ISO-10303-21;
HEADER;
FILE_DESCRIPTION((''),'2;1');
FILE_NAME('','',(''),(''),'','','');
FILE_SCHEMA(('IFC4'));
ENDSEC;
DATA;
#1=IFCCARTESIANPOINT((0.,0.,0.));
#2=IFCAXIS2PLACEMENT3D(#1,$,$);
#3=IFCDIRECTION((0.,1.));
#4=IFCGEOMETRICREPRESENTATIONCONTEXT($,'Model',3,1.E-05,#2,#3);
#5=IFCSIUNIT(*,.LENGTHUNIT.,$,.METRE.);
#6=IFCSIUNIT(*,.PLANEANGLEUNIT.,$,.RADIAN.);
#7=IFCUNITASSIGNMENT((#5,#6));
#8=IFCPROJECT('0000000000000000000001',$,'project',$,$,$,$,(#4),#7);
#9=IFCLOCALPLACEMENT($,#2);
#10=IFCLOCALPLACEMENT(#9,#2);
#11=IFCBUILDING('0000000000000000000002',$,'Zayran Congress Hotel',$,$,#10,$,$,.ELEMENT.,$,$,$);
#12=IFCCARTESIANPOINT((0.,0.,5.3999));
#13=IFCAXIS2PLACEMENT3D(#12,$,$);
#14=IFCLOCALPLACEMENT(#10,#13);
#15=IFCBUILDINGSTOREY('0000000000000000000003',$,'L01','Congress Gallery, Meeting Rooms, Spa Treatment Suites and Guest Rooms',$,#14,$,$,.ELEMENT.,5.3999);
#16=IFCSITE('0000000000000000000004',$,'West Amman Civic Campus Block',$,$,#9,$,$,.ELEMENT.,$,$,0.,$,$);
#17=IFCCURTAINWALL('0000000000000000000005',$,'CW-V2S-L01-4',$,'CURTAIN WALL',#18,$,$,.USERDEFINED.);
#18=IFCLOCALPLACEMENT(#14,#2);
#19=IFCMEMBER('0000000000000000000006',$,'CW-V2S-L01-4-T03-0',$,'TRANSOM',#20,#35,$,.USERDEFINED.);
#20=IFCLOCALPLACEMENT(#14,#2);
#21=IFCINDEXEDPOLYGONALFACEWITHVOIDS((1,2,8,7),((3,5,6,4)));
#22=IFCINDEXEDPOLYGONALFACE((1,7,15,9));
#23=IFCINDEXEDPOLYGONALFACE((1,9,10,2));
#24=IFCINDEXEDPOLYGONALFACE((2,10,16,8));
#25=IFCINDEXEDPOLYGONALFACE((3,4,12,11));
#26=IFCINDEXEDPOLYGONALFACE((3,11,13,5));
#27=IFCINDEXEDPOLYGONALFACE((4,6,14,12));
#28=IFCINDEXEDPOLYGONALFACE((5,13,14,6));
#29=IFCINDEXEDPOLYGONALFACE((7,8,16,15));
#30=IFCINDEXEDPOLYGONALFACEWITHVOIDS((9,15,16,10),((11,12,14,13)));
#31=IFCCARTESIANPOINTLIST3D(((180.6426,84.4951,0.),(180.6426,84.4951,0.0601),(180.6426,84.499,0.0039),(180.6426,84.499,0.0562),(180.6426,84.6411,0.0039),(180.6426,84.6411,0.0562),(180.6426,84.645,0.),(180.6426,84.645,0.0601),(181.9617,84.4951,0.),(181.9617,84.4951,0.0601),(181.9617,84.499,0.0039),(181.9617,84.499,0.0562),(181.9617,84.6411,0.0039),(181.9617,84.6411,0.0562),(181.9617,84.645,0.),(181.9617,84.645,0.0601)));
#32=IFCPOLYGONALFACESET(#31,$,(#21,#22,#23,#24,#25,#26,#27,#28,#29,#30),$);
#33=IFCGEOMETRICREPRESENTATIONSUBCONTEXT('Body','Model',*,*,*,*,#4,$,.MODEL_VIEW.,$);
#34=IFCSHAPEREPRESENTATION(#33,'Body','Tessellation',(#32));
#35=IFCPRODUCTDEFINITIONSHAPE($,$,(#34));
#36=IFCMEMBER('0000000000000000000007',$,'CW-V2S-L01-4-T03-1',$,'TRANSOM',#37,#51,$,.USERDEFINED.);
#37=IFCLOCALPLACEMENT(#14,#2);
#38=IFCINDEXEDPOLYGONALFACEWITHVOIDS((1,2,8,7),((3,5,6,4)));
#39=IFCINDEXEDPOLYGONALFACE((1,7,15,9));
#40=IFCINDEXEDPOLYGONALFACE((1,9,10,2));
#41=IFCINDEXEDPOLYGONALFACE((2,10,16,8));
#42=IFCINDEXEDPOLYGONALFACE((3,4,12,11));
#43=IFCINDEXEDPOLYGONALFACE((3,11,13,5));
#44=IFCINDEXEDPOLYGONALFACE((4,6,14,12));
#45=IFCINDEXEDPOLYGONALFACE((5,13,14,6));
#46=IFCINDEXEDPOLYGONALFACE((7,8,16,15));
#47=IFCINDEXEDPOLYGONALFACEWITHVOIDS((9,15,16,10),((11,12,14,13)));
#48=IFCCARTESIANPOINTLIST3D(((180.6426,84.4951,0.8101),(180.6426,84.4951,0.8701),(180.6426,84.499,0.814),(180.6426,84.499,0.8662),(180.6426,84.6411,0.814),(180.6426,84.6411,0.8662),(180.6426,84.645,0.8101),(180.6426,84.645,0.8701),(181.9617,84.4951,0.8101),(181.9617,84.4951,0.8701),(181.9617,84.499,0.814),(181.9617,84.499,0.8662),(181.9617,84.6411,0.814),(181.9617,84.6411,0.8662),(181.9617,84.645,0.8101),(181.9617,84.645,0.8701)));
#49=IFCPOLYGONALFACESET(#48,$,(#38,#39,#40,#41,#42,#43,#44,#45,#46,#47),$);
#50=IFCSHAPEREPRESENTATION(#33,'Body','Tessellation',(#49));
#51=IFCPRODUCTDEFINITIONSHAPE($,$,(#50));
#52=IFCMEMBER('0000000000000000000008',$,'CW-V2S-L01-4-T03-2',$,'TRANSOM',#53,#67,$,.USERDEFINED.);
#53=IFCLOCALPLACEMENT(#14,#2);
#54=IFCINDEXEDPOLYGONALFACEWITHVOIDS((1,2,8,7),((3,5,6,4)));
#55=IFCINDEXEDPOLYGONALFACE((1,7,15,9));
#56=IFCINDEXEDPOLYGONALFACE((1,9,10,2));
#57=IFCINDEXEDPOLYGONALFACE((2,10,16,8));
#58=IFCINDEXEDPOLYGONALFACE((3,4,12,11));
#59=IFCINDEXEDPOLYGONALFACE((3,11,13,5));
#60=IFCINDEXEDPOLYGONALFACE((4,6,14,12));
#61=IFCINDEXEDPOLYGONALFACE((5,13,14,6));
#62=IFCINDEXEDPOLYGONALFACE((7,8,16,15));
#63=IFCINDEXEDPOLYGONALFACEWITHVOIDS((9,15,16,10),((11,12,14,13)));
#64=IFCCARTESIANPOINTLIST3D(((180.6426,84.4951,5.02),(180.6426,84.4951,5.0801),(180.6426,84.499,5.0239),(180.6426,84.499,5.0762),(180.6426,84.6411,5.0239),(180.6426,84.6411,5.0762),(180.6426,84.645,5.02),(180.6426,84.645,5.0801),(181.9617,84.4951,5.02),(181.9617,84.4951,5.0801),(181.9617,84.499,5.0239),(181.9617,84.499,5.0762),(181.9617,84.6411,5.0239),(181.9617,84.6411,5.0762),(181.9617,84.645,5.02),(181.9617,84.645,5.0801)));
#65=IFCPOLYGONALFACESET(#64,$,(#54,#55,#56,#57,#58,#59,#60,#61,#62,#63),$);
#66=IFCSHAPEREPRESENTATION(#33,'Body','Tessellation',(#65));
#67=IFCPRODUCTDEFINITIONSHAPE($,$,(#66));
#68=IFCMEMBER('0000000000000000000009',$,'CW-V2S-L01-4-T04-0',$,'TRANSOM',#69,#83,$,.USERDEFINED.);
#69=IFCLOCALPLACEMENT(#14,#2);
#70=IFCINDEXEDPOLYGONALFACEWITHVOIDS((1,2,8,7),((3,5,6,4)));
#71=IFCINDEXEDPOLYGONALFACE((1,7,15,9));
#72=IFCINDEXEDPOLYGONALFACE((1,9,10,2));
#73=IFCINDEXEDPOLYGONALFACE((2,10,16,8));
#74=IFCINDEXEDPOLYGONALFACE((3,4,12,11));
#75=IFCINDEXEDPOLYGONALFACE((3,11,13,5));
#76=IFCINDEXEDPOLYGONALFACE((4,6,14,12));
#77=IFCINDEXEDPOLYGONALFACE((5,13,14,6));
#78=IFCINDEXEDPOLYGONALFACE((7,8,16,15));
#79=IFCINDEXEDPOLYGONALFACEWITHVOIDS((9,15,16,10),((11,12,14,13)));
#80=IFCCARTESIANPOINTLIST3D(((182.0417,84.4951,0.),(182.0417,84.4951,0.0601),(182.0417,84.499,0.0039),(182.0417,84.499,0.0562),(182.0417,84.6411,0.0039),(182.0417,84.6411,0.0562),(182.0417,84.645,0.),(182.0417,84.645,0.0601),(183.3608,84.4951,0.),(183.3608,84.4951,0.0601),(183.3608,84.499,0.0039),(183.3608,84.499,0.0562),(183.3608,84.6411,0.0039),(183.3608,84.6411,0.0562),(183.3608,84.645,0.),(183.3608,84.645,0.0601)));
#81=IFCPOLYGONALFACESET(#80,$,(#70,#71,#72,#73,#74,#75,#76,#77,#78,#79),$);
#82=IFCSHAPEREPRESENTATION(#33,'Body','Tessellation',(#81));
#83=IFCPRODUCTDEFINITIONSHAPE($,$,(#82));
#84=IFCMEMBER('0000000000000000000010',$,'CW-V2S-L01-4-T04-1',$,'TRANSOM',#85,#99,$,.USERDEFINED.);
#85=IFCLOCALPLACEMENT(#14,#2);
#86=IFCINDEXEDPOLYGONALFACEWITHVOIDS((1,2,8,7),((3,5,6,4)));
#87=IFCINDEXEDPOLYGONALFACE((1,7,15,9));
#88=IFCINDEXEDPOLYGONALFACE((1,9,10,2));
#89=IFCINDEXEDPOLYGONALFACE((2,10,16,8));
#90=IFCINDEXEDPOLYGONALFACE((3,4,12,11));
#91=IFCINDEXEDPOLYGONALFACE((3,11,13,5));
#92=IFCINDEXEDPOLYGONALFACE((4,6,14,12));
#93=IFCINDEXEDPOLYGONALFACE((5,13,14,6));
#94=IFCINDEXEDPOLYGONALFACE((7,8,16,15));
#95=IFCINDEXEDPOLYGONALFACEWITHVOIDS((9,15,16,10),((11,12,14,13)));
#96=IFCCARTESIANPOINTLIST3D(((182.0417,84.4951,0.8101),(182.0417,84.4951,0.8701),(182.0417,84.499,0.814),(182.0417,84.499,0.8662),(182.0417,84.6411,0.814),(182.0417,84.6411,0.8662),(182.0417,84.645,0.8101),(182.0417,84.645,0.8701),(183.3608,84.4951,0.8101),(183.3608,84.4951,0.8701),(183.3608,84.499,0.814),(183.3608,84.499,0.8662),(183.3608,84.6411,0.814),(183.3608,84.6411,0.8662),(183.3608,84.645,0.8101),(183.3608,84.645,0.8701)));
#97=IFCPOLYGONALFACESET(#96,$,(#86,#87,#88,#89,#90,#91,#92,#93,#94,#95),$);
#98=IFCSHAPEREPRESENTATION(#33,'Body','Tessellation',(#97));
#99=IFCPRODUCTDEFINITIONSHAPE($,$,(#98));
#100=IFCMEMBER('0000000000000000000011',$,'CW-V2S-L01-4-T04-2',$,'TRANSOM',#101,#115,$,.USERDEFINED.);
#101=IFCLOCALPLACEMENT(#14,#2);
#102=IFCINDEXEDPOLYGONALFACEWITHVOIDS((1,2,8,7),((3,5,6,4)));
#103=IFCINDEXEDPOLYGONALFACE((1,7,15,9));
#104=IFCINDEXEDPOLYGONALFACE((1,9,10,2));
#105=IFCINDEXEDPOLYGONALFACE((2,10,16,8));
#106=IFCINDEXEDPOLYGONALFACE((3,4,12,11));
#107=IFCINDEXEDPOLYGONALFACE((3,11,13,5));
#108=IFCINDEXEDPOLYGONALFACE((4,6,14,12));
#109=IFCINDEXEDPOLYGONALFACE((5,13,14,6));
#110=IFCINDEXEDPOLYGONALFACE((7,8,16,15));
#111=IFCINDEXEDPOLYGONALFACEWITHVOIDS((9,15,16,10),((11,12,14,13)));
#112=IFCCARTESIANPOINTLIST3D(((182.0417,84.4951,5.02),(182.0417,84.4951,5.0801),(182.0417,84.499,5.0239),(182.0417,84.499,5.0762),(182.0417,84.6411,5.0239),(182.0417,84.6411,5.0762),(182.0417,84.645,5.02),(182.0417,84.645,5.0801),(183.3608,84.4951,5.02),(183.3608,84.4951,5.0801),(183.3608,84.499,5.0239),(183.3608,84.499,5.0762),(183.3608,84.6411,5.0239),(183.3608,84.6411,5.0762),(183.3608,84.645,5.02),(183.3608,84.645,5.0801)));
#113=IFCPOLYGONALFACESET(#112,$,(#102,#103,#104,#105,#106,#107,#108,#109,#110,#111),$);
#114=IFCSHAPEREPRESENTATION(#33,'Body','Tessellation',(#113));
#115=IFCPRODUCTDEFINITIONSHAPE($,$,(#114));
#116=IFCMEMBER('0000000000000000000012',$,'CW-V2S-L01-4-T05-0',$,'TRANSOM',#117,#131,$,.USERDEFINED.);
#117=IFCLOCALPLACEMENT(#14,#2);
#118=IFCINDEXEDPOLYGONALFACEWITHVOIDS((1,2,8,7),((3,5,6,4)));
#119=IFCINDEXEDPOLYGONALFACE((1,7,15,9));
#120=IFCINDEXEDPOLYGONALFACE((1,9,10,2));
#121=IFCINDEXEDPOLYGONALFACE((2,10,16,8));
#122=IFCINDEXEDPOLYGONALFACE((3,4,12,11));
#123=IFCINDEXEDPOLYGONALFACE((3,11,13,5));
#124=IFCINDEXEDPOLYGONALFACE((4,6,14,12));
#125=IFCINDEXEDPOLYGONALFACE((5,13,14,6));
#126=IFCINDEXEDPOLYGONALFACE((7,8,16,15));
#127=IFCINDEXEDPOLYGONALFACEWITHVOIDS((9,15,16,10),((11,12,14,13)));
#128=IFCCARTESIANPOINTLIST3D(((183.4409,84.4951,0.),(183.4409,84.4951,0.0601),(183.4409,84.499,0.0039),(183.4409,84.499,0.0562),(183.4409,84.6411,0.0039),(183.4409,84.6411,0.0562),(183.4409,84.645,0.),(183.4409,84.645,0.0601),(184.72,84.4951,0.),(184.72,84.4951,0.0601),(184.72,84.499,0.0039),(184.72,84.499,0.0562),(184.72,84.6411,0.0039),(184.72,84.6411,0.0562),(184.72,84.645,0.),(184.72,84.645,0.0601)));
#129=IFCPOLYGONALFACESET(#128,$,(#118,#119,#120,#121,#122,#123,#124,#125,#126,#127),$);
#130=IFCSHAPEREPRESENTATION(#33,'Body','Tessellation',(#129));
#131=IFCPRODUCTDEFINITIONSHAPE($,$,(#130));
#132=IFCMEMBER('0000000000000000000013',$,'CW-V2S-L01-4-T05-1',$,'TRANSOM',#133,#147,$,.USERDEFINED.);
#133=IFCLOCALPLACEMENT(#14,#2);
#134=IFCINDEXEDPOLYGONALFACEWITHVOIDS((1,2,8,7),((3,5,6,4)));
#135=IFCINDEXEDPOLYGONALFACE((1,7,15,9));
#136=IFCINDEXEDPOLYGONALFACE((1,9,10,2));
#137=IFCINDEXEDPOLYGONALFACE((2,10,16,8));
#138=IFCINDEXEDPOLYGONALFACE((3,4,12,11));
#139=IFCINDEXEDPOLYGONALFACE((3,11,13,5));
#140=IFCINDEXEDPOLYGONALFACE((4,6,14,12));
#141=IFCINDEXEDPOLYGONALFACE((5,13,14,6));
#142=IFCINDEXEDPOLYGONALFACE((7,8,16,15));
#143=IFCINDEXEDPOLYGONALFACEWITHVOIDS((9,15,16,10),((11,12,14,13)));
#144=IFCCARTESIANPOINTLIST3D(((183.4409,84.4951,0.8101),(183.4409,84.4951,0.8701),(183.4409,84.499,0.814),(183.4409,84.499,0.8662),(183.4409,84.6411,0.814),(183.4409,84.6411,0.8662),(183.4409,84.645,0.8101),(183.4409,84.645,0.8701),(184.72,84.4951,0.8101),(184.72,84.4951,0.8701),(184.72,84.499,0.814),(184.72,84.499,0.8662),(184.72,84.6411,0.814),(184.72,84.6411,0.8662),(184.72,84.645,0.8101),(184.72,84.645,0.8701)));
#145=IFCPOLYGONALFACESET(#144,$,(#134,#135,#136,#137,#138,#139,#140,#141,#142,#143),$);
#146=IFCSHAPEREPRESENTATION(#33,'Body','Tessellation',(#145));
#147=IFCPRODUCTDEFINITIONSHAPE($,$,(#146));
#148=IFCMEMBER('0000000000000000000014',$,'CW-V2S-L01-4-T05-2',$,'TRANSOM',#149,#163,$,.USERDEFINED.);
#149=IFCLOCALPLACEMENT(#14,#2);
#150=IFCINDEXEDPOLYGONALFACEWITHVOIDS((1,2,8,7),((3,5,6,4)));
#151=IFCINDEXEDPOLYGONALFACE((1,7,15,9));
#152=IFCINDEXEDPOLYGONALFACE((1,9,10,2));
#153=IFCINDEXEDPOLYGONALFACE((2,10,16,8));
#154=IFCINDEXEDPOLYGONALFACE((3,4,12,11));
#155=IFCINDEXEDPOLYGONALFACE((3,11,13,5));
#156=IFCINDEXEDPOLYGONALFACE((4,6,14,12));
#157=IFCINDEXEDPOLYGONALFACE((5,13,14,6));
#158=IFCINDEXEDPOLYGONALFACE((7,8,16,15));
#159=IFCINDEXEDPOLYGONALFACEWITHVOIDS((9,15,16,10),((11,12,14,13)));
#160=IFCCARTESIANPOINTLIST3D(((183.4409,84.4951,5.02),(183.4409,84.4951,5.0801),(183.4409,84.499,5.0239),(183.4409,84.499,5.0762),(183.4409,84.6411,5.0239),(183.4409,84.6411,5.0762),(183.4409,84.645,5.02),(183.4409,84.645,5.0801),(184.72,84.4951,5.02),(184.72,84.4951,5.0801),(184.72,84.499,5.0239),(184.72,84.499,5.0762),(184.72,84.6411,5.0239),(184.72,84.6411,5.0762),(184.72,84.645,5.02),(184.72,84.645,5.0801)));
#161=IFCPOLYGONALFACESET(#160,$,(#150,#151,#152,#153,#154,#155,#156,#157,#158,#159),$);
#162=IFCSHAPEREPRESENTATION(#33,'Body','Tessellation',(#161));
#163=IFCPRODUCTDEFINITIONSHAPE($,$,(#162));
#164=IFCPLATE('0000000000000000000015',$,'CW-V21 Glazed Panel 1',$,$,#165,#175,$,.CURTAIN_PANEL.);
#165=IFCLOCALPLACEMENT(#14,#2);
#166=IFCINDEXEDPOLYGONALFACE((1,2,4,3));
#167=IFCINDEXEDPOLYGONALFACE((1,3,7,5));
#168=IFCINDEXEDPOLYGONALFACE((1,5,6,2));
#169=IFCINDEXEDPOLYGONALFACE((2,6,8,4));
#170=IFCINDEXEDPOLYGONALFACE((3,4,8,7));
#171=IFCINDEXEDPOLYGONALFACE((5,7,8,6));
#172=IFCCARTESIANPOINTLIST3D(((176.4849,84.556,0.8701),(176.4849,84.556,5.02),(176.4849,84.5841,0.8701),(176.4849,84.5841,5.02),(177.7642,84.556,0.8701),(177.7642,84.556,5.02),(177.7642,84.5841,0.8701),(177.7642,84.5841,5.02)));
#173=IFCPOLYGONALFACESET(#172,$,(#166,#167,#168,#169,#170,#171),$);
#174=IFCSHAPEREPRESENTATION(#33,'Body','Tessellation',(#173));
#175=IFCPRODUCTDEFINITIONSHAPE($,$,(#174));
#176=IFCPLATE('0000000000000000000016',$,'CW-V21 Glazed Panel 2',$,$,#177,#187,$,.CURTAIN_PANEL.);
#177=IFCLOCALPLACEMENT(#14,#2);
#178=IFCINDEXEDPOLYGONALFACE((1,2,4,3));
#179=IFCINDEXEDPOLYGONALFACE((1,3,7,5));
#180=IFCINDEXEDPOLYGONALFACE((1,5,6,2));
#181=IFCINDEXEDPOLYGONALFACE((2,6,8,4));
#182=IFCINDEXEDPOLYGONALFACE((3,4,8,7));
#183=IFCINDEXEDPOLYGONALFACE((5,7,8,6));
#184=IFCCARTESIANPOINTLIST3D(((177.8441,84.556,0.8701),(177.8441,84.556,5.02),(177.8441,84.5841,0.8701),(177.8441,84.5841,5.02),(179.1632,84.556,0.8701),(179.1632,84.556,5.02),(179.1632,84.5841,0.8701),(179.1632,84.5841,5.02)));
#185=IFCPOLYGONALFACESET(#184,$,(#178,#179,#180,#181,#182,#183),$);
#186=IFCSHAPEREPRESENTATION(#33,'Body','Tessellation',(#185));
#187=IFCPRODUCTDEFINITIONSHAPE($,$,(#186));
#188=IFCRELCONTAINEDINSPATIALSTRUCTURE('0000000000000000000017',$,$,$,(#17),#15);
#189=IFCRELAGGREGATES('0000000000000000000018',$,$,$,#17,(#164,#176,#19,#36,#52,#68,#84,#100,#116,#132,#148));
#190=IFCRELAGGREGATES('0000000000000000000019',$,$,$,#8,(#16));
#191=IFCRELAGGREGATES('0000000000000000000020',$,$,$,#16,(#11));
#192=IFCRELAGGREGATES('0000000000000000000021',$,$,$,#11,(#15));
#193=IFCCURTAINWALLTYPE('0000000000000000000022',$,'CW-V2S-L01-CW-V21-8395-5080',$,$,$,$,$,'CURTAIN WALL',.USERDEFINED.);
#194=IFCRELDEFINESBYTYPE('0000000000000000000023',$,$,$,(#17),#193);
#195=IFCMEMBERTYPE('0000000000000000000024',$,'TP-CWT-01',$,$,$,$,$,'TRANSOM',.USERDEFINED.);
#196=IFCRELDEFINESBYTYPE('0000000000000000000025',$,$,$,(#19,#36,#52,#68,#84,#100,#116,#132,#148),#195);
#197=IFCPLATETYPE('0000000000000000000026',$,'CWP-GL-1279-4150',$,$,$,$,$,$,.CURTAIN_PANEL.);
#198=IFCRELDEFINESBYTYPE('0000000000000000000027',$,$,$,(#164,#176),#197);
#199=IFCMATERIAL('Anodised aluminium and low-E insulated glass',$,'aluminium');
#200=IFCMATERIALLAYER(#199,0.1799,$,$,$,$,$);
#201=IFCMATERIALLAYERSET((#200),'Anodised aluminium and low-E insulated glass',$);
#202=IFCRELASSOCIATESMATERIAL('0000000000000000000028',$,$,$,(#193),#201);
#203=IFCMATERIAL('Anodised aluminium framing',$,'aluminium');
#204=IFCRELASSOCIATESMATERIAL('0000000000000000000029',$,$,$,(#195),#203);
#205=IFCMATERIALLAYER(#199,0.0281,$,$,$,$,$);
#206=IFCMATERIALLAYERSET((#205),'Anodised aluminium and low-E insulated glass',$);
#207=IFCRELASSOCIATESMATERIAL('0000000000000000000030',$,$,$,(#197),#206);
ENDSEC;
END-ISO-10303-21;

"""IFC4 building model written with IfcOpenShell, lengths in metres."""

from ifc_helpers import new_model, si_unit, direction, frame, origin, origin_2d, place, context, subcontext, project, spatial, rectangle, hollow_rectangle, extrude, material, layer, layer_set, material_profile, profile_set, type_object, element, aggregate, save


model = new_model("IFC4")

# Units and contexts
model_context = context("Model", 3, precision=1e-05, world=origin(), true_north=direction((0.0, 1.0)))
body_context = subcontext(model_context, "Body", "Model", "MODEL_VIEW")
ifc_project = project(units=[si_unit("LENGTHUNIT", "METRE"), si_unit("PLANEANGLEUNIT", "RADIAN")], contexts=[model_context])

# Site, building, storey
site_placement = place(None, origin())
site = spatial("IfcSite", under=ifc_project, at=site_placement, Name="West Amman Civic Campus Block", CompositionType="ELEMENT", RefElevation=0.0)
building_placement = place(site_placement, origin())
building = spatial("IfcBuilding", under=site, at=building_placement, Name="Zayran Congress Hotel", CompositionType="ELEMENT")
storey_placement = place(building_placement, frame((0.0, 0.0, 5.3999)))
storey = spatial("IfcBuildingStorey", under=building, at=storey_placement, Name="L01", Description="Congress Gallery, Meeting Rooms, Spa Treatment Suites and Guest Rooms", CompositionType="ELEMENT", Elevation=5.3999)

# Curtain wall, members, plates
ifc_material_1 = material(Name="Anodised aluminium and low-E insulated glass", Category="aluminium")
ifc_layer_1 = layer(ifc_material_1, 0.1799)
ifc_layer_set_1 = layer_set([ifc_layer_1], Name="Anodised aluminium and low-E insulated glass")
curtain_wall_type = type_object("IfcCurtainWallType", Name="CW-V2S-L01-CW-V21-8395-5080", ElementType="CURTAIN WALL", PredefinedType="USERDEFINED", material=ifc_layer_set_1)
curtain_wall_placement = place(storey_placement, origin())
curtain_wall = element("IfcCurtainWall", 1, at=curtain_wall_placement, inside=storey, type_object=curtain_wall_type, Name="CW-V2S-L01-4", ObjectType="CURTAIN WALL", PredefinedType="USERDEFINED")
ifc_material_2 = material(Name="Anodised aluminium framing", Category="aluminium")
ifc_material_profile_1 = material_profile(ifc_material_2, hollow_rectangle(XDim=0.0601, YDim=0.1499, WallThickness=0.0039, at=origin_2d()), Name="RHS 150x60x4")
ifc_profile_set_1 = profile_set([ifc_material_profile_1], Name="Anodised aluminium framing")
member_type_1 = type_object("IfcMemberType", Name="TP-CWT-01", ElementType="TRANSOM", PredefinedType="USERDEFINED", material=ifc_profile_set_1)
member_1_placement = place(storey_placement, frame((180.6426, 84.5701, 0.03), z_axis=(1.0, 0.0, 0.0), x_axis=(0.0, 0.0, 1.0)))
member_1 = element("IfcMember", 2, at=member_1_placement, type_object=member_type_1, Name="CW-V2S-L01-4-T03-0", ObjectType="TRANSOM", PredefinedType="USERDEFINED", context=body_context, shape_type="SweptSolid", body=[
    extrude(hollow_rectangle(XDim=0.0601, YDim=0.1499, WallThickness=0.0039, at=origin_2d()), origin(), (0.0, 0.0, 1.0), 1.3191),
])
member_2_placement = place(storey_placement, frame((180.6426, 84.5701, 0.8401), z_axis=(1.0, 0.0, 0.0), x_axis=(0.0, 0.0, 1.0)))
member_2 = element("IfcMember", 3, at=member_2_placement, type_object=member_type_1, Name="CW-V2S-L01-4-T03-1", ObjectType="TRANSOM", PredefinedType="USERDEFINED", context=body_context, shape_type="SweptSolid", body=[
    extrude(hollow_rectangle(XDim=0.0601, YDim=0.1499, WallThickness=0.0039, at=origin_2d()), origin(), (0.0, 0.0, 1.0), 1.3191),
])
member_3_placement = place(storey_placement, frame((180.6426, 84.5701, 5.05), z_axis=(1.0, 0.0, 0.0), x_axis=(0.0, 0.0, 1.0)))
member_3 = element("IfcMember", 4, at=member_3_placement, type_object=member_type_1, Name="CW-V2S-L01-4-T03-2", ObjectType="TRANSOM", PredefinedType="USERDEFINED", context=body_context, shape_type="SweptSolid", body=[
    extrude(hollow_rectangle(XDim=0.0601, YDim=0.1499, WallThickness=0.0039, at=origin_2d()), origin(), (0.0, 0.0, 1.0), 1.3191),
])
member_4_placement = place(storey_placement, frame((182.0417, 84.5701, 0.03), z_axis=(1.0, 0.0, 0.0), x_axis=(0.0, 0.0, 1.0)))
member_4 = element("IfcMember", 5, at=member_4_placement, type_object=member_type_1, Name="CW-V2S-L01-4-T04-0", ObjectType="TRANSOM", PredefinedType="USERDEFINED", context=body_context, shape_type="SweptSolid", body=[
    extrude(hollow_rectangle(XDim=0.0601, YDim=0.1499, WallThickness=0.0039, at=origin_2d()), origin(), (0.0, 0.0, 1.0), 1.3191),
])
member_5_placement = place(storey_placement, frame((182.0417, 84.5701, 0.8401), z_axis=(1.0, 0.0, 0.0), x_axis=(0.0, 0.0, 1.0)))
member_5 = element("IfcMember", 6, at=member_5_placement, type_object=member_type_1, Name="CW-V2S-L01-4-T04-1", ObjectType="TRANSOM", PredefinedType="USERDEFINED", context=body_context, shape_type="SweptSolid", body=[
    extrude(hollow_rectangle(XDim=0.0601, YDim=0.1499, WallThickness=0.0039, at=origin_2d()), origin(), (0.0, 0.0, 1.0), 1.3191),
])
member_6_placement = place(storey_placement, frame((182.0417, 84.5701, 5.05), z_axis=(1.0, 0.0, 0.0), x_axis=(0.0, 0.0, 1.0)))
member_6 = element("IfcMember", 7, at=member_6_placement, type_object=member_type_1, Name="CW-V2S-L01-4-T04-2", ObjectType="TRANSOM", PredefinedType="USERDEFINED", context=body_context, shape_type="SweptSolid", body=[
    extrude(hollow_rectangle(XDim=0.0601, YDim=0.1499, WallThickness=0.0039, at=origin_2d()), origin(), (0.0, 0.0, 1.0), 1.3191),
])
member_7_placement = place(storey_placement, frame((183.4409, 84.5701, 0.03), z_axis=(1.0, 0.0, 0.0), x_axis=(0.0, 0.0, 1.0)))
member_7 = element("IfcMember", 8, at=member_7_placement, type_object=member_type_1, Name="CW-V2S-L01-4-T05-0", ObjectType="TRANSOM", PredefinedType="USERDEFINED", context=body_context, shape_type="SweptSolid", body=[
    extrude(hollow_rectangle(XDim=0.0601, YDim=0.1499, WallThickness=0.0039, at=origin_2d()), origin(), (0.0, 0.0, 1.0), 1.2791),
])
member_8_placement = place(storey_placement, frame((183.4409, 84.5701, 0.8401), z_axis=(1.0, 0.0, 0.0), x_axis=(0.0, 0.0, 1.0)))
member_8 = element("IfcMember", 9, at=member_8_placement, type_object=member_type_1, Name="CW-V2S-L01-4-T05-1", ObjectType="TRANSOM", PredefinedType="USERDEFINED", context=body_context, shape_type="SweptSolid", body=[
    extrude(hollow_rectangle(XDim=0.0601, YDim=0.1499, WallThickness=0.0039, at=origin_2d()), origin(), (0.0, 0.0, 1.0), 1.2791),
])
member_9_placement = place(storey_placement, frame((183.4409, 84.5701, 5.05), z_axis=(1.0, 0.0, 0.0), x_axis=(0.0, 0.0, 1.0)))
member_9 = element("IfcMember", 10, at=member_9_placement, type_object=member_type_1, Name="CW-V2S-L01-4-T05-2", ObjectType="TRANSOM", PredefinedType="USERDEFINED", context=body_context, shape_type="SweptSolid", body=[
    extrude(hollow_rectangle(XDim=0.0601, YDim=0.1499, WallThickness=0.0039, at=origin_2d()), origin(), (0.0, 0.0, 1.0), 1.2791),
])
ifc_layer_2 = layer(ifc_material_1, 0.0281)
ifc_layer_set_2 = layer_set([ifc_layer_2], Name="Anodised aluminium and low-E insulated glass")
plate_type_1 = type_object("IfcPlateType", Name="CWP-GL-1279-4150", PredefinedType="CURTAIN_PANEL", material=ifc_layer_set_2)
plate_1_placement = place(storey_placement, frame((177.1245, 84.5701, 0.8701), z_axis=(0.0, 0.0, 1.0), x_axis=(1.0, 0.0, 0.0)))
plate_1 = element("IfcPlate", 11, at=plate_1_placement, type_object=plate_type_1, Name="CW-V21 Glazed Panel 1", PredefinedType="CURTAIN_PANEL", context=body_context, shape_type="SweptSolid", body=[
    extrude(rectangle(XDim=1.2793, YDim=0.0281, at=origin_2d()), origin(), (0.0, 0.0, 1.0), 4.1499),
])
plate_2_placement = place(storey_placement, frame((178.5037, 84.5701, 0.8701), z_axis=(0.0, 0.0, 1.0), x_axis=(1.0, 0.0, 0.0)))
plate_2 = element("IfcPlate", 12, at=plate_2_placement, type_object=plate_type_1, Name="CW-V21 Glazed Panel 2", PredefinedType="CURTAIN_PANEL", context=body_context, shape_type="SweptSolid", body=[
    extrude(rectangle(XDim=1.3191, YDim=0.0281, at=origin_2d()), origin(), (0.0, 0.0, 1.0), 4.1499),
])
aggregate(curtain_wall, [plate_1, plate_2, member_1, member_2, member_3, member_4, member_5, member_6, member_7, member_8, member_9])

save(model, "model.ifc")
